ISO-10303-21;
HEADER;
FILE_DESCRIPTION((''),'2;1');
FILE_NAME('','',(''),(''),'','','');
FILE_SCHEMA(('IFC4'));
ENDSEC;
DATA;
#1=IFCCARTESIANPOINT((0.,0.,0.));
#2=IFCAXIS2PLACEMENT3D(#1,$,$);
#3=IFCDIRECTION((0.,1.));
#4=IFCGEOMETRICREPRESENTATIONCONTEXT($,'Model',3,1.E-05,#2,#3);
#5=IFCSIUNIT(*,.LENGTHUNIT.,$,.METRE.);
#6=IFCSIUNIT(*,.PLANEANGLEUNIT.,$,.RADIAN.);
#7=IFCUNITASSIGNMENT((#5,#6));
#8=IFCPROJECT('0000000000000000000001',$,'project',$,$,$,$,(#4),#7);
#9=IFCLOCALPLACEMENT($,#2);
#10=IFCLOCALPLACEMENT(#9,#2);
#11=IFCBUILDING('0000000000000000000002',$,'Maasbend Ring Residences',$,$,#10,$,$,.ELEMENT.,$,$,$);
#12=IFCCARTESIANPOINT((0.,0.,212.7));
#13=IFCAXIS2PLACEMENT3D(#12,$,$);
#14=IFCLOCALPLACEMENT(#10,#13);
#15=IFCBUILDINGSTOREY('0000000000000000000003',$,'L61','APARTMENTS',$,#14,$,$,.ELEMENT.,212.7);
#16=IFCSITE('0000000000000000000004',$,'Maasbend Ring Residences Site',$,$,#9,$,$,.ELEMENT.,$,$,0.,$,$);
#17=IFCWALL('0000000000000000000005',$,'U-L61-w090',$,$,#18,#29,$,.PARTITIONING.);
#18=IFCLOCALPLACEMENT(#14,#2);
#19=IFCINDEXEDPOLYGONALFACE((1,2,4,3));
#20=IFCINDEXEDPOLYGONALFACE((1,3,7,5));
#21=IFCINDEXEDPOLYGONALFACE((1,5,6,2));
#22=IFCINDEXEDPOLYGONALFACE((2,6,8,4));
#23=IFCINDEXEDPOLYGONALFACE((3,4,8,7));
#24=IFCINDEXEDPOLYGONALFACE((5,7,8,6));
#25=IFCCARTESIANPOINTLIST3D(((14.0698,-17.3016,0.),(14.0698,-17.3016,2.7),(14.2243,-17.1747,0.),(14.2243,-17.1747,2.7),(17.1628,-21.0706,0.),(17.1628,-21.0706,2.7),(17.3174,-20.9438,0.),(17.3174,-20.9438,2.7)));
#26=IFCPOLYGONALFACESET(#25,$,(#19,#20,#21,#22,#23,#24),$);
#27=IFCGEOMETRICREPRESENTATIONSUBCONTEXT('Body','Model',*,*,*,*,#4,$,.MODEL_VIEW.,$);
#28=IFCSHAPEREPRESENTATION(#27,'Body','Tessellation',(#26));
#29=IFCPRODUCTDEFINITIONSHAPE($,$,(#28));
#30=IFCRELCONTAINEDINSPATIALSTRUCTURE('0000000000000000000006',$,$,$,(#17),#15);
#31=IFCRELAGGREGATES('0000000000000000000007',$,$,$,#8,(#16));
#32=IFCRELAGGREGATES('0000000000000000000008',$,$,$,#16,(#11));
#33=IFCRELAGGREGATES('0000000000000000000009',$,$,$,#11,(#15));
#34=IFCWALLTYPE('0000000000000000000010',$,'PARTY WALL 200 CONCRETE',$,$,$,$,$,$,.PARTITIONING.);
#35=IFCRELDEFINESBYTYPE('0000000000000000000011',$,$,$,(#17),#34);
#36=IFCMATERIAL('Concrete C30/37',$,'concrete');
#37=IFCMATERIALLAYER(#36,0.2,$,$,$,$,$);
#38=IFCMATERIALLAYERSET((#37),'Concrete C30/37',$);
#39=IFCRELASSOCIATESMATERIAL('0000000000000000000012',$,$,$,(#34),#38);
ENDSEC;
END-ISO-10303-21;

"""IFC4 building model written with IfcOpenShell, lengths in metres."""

from ifc_helpers import new_model, si_unit, direction, frame, frame_2d, origin, place, context, subcontext, project, spatial, rectangle, extrude, material, layer, layer_set, type_object, element, save


model = new_model("IFC4")

# Units and contexts
model_context = context("Model", 3, precision=1e-05, world=origin(), true_north=direction((0.0, 1.0)))
body_context = subcontext(model_context, "Body", "Model", "MODEL_VIEW")
ifc_project = project(units=[si_unit("LENGTHUNIT", "METRE"), si_unit("PLANEANGLEUNIT", "RADIAN")], contexts=[model_context])

# Site, building, storey
site_placement = place(None, origin())
site = spatial("IfcSite", under=ifc_project, at=site_placement, Name="Maasbend Ring Residences Site", CompositionType="ELEMENT", RefElevation=0.0)
building_placement = place(site_placement, origin())
building = spatial("IfcBuilding", under=site, at=building_placement, Name="Maasbend Ring Residences", CompositionType="ELEMENT")
storey_placement = place(building_placement, frame((0.0, 0.0, 212.7)))
storey = spatial("IfcBuildingStorey", under=building, at=storey_placement, Name="L61", Description="APARTMENTS", CompositionType="ELEMENT", Elevation=212.7)

# Wall
ifc_material_1 = material(Name="Concrete C30/37", Category="concrete")
ifc_layer_1 = layer(ifc_material_1, 0.2)
ifc_layer_set_1 = layer_set([ifc_layer_1], Name="Concrete C30/37")
wall_type_1 = type_object("IfcWallType", Name="PARTY WALL 200 CONCRETE", PredefinedType="PARTITIONING", material=ifc_layer_set_1)
wall_1_placement = place(storey_placement, frame((14.147, -17.238, 0.0), z_axis=(0.0, 0.0, 1.0), x_axis=(0.634374, -0.773026, 0.0)))
element("IfcWall", 1, at=wall_1_placement, inside=storey, type_object=wall_type_1, Name="U-L61-w090", PredefinedType="PARTITIONING", context=body_context, shape_type="SweptSolid", body=[
    extrude(rectangle(XDim=4.8757, YDim=0.2, at=frame_2d((2.438, 0.0))), origin(), (0.0, 0.0, 1.0), 2.7),
])

save(model, "model.ifc")
